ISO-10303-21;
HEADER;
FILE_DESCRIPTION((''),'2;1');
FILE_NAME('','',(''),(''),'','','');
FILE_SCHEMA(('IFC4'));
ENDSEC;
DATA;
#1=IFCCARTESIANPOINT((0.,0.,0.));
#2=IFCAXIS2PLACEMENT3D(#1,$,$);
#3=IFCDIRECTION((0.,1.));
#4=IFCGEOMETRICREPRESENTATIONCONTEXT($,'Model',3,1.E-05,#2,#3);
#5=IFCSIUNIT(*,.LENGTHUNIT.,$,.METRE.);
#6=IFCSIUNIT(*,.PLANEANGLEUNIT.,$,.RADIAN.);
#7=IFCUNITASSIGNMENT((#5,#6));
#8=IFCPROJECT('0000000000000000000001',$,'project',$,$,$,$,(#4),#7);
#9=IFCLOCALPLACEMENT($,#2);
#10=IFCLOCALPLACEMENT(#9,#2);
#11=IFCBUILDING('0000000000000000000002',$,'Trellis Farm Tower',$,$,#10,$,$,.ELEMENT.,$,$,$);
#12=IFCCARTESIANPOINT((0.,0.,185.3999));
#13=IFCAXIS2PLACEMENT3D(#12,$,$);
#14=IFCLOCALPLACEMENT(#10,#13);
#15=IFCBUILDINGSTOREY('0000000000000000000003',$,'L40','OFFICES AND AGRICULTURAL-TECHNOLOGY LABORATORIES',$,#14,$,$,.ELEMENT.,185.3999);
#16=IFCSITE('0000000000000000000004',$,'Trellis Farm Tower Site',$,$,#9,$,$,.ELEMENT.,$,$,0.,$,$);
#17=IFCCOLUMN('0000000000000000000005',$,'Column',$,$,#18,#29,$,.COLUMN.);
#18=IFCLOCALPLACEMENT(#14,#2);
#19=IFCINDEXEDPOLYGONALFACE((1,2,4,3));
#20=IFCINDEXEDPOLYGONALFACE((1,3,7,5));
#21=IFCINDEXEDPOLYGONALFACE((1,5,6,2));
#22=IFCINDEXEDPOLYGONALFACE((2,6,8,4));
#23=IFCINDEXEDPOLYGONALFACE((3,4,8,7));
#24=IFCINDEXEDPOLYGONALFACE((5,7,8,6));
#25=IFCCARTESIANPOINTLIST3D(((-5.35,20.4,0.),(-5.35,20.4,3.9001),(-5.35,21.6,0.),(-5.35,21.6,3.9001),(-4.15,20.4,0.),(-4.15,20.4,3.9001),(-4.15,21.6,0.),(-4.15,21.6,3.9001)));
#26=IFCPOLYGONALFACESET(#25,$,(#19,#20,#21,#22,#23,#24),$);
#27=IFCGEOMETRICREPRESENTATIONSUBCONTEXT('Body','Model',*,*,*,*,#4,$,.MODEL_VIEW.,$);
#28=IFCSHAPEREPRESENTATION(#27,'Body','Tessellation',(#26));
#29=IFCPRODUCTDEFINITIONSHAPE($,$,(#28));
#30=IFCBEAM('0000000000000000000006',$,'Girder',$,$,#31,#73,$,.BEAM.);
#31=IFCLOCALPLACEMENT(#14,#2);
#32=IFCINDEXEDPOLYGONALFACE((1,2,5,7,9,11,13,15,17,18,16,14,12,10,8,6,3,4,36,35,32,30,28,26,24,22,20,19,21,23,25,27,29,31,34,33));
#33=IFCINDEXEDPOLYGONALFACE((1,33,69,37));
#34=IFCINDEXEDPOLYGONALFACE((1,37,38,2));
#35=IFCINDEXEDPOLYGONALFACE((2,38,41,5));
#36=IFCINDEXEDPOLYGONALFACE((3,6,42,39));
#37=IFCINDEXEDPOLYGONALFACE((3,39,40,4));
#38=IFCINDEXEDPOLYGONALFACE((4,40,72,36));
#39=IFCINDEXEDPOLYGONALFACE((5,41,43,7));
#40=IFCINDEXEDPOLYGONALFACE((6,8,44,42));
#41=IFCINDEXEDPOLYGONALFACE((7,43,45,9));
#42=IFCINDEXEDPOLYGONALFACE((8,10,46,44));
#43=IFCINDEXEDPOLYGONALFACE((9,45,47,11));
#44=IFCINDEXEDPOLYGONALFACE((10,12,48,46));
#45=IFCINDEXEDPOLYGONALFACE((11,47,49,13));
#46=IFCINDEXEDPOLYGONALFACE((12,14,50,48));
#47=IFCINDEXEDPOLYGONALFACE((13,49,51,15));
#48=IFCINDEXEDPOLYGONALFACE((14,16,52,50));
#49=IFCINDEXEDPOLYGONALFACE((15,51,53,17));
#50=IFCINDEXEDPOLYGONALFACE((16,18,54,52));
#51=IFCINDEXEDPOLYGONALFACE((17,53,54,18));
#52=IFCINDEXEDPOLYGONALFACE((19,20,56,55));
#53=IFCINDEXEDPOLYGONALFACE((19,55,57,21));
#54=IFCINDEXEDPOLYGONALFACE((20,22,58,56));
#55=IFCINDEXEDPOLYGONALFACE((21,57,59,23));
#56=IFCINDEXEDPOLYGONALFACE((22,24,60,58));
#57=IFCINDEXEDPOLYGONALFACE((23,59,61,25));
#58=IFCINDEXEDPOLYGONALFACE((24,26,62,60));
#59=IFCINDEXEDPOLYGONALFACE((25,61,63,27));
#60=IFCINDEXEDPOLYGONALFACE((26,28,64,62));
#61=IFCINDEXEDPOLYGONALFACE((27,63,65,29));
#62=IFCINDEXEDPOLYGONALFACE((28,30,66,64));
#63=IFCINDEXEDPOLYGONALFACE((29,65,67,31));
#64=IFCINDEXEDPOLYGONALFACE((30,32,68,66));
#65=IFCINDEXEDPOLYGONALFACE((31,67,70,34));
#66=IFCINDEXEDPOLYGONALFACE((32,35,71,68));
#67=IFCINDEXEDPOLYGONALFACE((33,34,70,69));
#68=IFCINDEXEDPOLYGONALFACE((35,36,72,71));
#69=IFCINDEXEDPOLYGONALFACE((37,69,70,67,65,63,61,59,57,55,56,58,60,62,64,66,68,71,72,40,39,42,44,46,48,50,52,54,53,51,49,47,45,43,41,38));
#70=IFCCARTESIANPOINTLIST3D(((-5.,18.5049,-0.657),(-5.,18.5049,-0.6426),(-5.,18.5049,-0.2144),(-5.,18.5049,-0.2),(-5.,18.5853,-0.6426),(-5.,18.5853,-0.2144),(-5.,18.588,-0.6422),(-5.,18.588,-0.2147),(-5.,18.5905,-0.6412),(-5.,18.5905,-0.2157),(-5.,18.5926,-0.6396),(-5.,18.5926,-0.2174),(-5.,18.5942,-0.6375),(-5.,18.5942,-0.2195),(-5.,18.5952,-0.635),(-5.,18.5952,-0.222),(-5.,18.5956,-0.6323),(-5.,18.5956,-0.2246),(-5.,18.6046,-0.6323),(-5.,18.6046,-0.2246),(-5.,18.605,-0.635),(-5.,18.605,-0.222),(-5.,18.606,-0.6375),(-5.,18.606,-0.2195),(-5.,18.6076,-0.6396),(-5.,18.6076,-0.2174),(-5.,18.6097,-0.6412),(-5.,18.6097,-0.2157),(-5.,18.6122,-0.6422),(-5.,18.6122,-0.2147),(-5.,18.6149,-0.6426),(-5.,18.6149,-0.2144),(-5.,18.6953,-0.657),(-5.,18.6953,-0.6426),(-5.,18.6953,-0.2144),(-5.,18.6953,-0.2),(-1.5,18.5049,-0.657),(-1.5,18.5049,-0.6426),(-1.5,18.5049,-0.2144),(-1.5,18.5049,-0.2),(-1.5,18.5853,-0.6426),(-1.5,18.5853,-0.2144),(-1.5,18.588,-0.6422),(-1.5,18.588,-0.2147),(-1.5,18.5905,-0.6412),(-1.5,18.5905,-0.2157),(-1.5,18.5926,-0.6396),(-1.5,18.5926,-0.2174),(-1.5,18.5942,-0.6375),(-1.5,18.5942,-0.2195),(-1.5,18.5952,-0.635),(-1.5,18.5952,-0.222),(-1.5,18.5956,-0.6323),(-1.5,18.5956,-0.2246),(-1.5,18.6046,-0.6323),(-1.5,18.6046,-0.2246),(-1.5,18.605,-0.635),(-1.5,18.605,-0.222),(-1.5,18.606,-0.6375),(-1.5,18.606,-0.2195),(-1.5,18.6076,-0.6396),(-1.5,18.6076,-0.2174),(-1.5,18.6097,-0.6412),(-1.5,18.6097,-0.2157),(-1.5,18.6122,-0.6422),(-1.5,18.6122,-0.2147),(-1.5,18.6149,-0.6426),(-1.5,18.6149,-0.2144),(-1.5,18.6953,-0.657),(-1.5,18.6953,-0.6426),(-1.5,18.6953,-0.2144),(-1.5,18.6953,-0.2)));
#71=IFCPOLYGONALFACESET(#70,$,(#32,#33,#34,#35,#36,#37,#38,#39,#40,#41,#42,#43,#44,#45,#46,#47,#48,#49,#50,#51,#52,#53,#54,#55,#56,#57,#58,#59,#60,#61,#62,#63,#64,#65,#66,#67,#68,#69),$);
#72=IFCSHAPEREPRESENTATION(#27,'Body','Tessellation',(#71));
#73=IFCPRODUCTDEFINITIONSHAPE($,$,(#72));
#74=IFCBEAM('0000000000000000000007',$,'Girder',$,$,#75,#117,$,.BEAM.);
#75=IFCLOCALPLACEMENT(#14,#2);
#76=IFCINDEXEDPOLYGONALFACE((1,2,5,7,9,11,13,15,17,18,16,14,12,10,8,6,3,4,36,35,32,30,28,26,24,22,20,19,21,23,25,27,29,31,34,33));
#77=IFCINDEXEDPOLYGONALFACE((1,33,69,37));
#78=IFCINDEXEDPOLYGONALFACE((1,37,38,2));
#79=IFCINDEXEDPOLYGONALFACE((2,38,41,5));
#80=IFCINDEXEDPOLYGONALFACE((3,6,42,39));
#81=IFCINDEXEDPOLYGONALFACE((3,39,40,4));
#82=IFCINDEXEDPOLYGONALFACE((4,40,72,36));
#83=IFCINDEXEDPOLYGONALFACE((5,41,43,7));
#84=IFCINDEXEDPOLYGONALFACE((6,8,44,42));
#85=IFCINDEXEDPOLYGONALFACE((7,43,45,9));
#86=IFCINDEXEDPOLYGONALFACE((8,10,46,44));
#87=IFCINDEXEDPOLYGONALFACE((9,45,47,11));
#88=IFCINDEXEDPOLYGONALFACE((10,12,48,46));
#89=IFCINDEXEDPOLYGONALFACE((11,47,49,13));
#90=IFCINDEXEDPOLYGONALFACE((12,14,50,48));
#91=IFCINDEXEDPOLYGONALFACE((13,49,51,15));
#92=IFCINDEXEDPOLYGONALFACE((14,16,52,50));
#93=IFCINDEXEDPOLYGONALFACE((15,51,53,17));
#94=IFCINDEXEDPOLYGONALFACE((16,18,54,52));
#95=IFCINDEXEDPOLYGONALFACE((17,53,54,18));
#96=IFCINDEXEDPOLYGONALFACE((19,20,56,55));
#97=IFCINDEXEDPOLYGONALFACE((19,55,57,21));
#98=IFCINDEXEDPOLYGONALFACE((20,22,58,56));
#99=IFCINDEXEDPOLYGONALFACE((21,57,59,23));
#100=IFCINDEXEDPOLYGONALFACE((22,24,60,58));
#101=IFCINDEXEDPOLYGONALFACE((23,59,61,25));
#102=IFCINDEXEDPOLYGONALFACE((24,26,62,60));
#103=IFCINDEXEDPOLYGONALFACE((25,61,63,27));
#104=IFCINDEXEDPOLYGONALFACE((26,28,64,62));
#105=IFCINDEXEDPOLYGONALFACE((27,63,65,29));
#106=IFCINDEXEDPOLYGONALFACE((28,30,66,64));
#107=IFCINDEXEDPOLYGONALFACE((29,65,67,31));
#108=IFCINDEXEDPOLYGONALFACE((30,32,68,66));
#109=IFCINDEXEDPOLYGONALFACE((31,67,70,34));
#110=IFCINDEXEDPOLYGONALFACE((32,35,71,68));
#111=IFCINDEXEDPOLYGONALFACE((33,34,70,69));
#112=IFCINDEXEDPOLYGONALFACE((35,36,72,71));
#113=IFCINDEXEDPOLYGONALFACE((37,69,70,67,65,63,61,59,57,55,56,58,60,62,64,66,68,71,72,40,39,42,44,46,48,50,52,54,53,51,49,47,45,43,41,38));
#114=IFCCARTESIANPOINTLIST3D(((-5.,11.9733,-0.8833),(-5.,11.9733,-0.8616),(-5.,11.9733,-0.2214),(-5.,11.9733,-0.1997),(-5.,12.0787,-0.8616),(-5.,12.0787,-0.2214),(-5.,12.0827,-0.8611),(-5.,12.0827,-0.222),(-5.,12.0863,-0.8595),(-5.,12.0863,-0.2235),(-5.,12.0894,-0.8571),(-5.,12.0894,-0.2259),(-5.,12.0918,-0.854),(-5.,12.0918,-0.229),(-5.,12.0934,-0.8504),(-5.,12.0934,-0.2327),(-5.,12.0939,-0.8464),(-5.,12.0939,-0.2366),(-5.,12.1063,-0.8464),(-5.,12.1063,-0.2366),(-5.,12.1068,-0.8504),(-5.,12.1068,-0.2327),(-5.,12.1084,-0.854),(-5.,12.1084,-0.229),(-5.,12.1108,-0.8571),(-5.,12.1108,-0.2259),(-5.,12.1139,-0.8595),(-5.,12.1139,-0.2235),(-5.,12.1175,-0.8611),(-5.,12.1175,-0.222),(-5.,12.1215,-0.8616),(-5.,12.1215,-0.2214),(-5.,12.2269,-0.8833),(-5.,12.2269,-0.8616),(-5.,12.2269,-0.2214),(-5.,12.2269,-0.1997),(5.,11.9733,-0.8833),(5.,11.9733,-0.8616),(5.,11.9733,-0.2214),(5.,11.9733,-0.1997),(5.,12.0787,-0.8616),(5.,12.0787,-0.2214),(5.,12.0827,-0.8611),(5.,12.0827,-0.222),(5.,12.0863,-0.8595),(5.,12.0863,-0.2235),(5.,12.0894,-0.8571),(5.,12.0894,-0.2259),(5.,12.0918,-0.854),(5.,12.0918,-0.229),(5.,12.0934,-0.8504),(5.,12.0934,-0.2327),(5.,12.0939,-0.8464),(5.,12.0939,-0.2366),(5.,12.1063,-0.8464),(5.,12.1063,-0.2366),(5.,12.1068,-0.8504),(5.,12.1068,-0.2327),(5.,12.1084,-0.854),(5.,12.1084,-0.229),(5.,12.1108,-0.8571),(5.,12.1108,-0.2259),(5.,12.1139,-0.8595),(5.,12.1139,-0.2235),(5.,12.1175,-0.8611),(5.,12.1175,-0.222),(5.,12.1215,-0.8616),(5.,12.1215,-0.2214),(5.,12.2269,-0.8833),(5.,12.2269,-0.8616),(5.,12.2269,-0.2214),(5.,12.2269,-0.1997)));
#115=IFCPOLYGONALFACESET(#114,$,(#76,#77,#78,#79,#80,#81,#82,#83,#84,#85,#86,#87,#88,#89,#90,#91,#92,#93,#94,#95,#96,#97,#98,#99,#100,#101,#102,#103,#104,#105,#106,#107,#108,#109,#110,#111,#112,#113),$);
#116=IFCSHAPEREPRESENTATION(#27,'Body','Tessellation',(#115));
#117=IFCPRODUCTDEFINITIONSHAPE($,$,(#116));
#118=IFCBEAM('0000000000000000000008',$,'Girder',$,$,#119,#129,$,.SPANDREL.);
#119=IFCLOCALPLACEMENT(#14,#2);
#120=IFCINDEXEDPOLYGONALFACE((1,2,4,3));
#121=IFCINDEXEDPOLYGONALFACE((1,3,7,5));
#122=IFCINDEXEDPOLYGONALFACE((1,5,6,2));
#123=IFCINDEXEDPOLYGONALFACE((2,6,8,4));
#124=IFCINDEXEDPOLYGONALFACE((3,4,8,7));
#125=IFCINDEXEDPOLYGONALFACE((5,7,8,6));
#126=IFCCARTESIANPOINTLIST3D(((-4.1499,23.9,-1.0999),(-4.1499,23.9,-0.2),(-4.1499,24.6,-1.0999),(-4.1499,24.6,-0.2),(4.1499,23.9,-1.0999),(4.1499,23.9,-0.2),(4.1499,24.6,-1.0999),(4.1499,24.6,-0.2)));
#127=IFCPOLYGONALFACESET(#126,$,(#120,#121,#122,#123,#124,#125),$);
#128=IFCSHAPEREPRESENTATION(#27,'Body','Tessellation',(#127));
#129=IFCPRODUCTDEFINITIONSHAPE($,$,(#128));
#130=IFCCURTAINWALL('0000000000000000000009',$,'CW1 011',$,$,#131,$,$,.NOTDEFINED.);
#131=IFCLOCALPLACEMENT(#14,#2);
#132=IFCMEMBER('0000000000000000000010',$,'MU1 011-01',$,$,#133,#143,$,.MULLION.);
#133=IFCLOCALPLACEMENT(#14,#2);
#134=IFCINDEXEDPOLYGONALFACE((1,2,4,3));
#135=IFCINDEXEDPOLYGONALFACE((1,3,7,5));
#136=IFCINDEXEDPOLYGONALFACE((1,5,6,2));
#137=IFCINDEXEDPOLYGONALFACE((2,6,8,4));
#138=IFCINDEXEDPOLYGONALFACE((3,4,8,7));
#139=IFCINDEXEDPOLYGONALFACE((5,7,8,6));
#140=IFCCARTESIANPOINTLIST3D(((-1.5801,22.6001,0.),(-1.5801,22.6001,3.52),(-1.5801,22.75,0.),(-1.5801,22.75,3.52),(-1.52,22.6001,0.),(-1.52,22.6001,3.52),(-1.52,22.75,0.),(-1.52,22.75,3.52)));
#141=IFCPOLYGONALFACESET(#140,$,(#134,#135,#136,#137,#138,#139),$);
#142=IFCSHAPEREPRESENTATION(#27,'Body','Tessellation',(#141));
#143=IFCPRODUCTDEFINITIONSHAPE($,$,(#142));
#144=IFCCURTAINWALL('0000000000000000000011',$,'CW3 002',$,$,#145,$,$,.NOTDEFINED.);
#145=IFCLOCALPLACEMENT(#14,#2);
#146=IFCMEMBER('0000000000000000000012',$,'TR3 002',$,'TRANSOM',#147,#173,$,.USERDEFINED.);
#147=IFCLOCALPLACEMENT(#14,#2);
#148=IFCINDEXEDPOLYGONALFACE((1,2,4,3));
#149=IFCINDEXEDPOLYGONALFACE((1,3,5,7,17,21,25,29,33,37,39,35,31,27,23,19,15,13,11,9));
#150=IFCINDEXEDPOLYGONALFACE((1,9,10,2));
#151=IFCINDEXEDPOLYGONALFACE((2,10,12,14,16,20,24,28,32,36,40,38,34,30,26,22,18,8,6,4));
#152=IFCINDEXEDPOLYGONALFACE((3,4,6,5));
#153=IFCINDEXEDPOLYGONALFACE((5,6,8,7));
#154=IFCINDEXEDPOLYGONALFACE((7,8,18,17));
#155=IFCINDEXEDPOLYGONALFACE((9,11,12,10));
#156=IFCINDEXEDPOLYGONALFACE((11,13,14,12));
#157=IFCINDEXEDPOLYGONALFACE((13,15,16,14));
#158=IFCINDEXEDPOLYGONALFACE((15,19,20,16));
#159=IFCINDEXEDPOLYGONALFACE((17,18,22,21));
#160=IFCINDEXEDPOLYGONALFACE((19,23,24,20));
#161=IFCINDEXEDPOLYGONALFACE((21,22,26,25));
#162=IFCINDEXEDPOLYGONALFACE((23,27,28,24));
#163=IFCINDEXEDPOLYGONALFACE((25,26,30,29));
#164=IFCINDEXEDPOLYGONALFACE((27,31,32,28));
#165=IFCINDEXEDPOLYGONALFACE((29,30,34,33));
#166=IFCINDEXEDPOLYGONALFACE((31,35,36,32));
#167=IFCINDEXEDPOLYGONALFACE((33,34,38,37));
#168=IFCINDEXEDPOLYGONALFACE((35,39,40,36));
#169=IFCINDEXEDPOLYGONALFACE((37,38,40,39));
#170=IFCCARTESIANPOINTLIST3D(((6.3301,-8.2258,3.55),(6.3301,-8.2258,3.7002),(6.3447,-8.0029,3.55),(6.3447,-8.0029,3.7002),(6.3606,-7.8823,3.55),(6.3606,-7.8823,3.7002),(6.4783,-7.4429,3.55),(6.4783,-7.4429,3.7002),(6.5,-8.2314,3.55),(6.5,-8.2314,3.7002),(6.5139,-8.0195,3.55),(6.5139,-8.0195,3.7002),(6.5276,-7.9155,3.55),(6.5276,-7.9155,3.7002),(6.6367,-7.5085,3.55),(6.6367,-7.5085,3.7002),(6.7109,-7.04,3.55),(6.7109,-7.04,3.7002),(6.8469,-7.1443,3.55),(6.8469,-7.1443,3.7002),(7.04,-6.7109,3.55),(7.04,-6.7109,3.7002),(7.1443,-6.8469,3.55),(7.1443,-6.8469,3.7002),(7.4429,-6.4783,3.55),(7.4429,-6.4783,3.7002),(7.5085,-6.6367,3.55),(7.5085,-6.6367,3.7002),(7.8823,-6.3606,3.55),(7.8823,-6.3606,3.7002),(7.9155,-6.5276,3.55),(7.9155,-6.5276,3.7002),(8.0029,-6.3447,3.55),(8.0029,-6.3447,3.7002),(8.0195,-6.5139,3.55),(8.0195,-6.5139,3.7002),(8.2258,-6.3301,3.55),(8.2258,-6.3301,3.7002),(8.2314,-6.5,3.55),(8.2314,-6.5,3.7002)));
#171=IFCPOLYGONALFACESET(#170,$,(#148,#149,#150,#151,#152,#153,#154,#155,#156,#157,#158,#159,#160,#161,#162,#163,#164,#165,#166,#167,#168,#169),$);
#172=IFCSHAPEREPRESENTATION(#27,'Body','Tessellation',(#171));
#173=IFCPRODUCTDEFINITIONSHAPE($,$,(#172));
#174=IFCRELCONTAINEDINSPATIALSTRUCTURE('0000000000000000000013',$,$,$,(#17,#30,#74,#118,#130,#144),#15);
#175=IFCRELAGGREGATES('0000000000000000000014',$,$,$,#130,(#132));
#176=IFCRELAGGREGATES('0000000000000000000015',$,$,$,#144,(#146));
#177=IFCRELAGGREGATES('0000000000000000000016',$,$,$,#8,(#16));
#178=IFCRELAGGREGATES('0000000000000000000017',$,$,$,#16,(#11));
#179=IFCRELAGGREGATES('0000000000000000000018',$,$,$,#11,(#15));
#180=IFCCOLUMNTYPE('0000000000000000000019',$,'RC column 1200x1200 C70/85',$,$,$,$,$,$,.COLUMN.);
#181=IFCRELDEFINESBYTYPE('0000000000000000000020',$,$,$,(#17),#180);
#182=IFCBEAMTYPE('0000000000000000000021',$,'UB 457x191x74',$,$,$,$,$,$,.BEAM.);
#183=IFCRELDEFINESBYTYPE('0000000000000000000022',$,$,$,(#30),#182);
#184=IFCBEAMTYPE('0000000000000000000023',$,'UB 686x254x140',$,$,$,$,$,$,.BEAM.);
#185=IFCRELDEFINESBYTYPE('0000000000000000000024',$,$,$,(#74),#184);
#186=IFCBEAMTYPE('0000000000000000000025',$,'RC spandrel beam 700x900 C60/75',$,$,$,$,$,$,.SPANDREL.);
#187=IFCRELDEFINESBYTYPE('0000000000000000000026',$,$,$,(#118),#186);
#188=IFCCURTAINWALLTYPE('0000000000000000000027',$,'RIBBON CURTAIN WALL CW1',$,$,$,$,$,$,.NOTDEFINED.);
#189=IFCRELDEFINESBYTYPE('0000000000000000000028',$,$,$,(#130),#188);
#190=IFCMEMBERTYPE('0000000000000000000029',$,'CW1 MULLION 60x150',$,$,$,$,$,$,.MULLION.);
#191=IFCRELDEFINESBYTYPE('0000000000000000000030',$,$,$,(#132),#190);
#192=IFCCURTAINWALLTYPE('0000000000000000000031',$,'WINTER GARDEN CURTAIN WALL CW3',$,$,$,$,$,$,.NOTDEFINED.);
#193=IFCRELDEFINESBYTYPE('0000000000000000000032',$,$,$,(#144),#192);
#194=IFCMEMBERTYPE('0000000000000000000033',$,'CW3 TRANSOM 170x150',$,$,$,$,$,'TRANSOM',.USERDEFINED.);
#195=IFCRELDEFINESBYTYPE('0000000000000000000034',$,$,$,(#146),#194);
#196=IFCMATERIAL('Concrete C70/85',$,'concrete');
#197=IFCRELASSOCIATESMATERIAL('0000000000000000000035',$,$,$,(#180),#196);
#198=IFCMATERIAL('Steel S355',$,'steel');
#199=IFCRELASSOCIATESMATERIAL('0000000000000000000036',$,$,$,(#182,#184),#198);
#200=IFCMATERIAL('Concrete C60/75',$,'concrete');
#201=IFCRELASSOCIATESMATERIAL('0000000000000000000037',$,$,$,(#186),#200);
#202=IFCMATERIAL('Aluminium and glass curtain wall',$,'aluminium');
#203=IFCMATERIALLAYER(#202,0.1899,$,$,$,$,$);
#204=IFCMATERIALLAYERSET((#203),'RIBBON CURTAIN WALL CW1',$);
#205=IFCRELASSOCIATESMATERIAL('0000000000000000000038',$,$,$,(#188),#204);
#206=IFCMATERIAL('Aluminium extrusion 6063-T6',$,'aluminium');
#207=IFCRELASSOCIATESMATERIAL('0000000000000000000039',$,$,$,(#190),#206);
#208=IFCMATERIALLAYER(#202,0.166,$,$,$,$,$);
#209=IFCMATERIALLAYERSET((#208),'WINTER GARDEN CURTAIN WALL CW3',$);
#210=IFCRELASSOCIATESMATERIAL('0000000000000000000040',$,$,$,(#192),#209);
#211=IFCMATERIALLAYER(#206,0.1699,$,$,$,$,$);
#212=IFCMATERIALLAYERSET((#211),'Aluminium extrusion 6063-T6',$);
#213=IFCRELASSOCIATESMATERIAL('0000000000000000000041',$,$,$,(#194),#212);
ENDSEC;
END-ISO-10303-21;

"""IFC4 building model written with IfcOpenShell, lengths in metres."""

from ifc_helpers import new_model, si_unit, direction, frame, origin, origin_2d, place, context, subcontext, project, spatial, polyline, rectangle, i_section, outline, extrude, source, transform, mapped, material, layer, layer_set, material_profile, profile_set, type_object, element, aggregate, save


model = new_model("IFC4")

# Units and contexts
model_context = context("Model", 3, precision=1e-05, world=origin(), true_north=direction((0.0, 1.0)))
body_context = subcontext(model_context, "Body", "Model", "MODEL_VIEW")
ifc_project = project(units=[si_unit("LENGTHUNIT", "METRE"), si_unit("PLANEANGLEUNIT", "RADIAN")], contexts=[model_context])

# Site, building, storey
site_placement = place(None, origin())
site = spatial("IfcSite", under=ifc_project, at=site_placement, Name="Trellis Farm Tower Site", CompositionType="ELEMENT", RefElevation=0.0)
building_placement = place(site_placement, origin())
building = spatial("IfcBuilding", under=site, at=building_placement, Name="Trellis Farm Tower", CompositionType="ELEMENT")
storey_placement = place(building_placement, frame((0.0, 0.0, 185.3999)))
storey = spatial("IfcBuildingStorey", under=building, at=storey_placement, Name="L40", Description="OFFICES AND AGRICULTURAL-TECHNOLOGY LABORATORIES", CompositionType="ELEMENT", Elevation=185.3999)

# Column
ifc_material_1 = material(Name="Concrete C70/85", Category="concrete")
ifc_material_profile_1 = material_profile(ifc_material_1, rectangle(XDim=1.2, YDim=1.2, at=origin_2d()), Name="RC column 1200x1200 C70/85")
ifc_profile_set_1 = profile_set([ifc_material_profile_1], Name="Concrete C70/85")
column_type = type_object("IfcColumnType", Name="RC column 1200x1200 C70/85", PredefinedType="COLUMN", material=ifc_profile_set_1)
shared_shape_1 = source(origin(), body_context, "Body", "SweptSolid", [
    extrude(rectangle(XDim=1.2, YDim=1.2, at=origin_2d()), origin(), (0.0, 0.0, 1.0), 3.9001),
])
column_placement = place(storey_placement, frame((-4.75, 21.0, 0.0), z_axis=(0.0, 0.0, 1.0), x_axis=(1.0, 0.0, 0.0)))
element("IfcColumn", 1, at=column_placement, inside=storey, type_object=column_type, Name="Column", PredefinedType="COLUMN", context=body_context, shape_type="MappedRepresentation", body=[
    mapped(shared_shape_1, transform((0.0, 0.0, 0.0))),
])

# Beams
ifc_material_2 = material(Name="Steel S355", Category="steel")
ifc_material_profile_2 = material_profile(ifc_material_2, i_section(OverallWidth=0.1904, OverallDepth=0.457, WebThickness=0.009, FlangeThickness=0.0144, FilletRadius=0.0103, at=origin_2d()), Name="UB 457x191x74")
ifc_profile_set_2 = profile_set([ifc_material_profile_2], Name="Steel S355")
beam_type_1 = type_object("IfcBeamType", Name="UB 457x191x74", PredefinedType="BEAM", material=ifc_profile_set_2)
shared_shape_2 = source(origin(), body_context, "Body", "SweptSolid", [
    extrude(i_section(OverallWidth=0.1904, OverallDepth=0.457, WebThickness=0.009, FlangeThickness=0.0144, FilletRadius=0.0103, at=origin_2d()), origin(), (0.0, 0.0, 1.0), 3.5),
])
beam_1_placement = place(storey_placement, frame((-5.0, 18.6001, -0.4285), z_axis=(1.0, 0.0, 0.0), x_axis=(0.0, 1.0, 0.0)))
element("IfcBeam", 2, at=beam_1_placement, inside=storey, type_object=beam_type_1, Name="Girder", PredefinedType="BEAM", context=body_context, shape_type="MappedRepresentation", body=[
    mapped(shared_shape_2, transform((0.0, 0.0, 0.0))),
])
ifc_material_profile_3 = material_profile(ifc_material_2, i_section(OverallWidth=0.2537, OverallDepth=0.6836, WebThickness=0.0125, FlangeThickness=0.0217, FilletRadius=0.0151, at=origin_2d()), Name="UB 686x254x140")
ifc_profile_set_3 = profile_set([ifc_material_profile_3], Name="Steel S355")
beam_type_2 = type_object("IfcBeamType", Name="UB 686x254x140", PredefinedType="BEAM", material=ifc_profile_set_3)
shared_shape_3 = source(origin(), body_context, "Body", "SweptSolid", [
    extrude(i_section(OverallWidth=0.2537, OverallDepth=0.6836, WebThickness=0.0125, FlangeThickness=0.0217, FilletRadius=0.0151, at=origin_2d()), origin(), (0.0, 0.0, 1.0), 10.0),
])
beam_2_placement = place(storey_placement, frame((-5.0, 12.1001, -0.5415), z_axis=(1.0, 0.0, 0.0), x_axis=(0.0, 1.0, 0.0)))
element("IfcBeam", 3, at=beam_2_placement, inside=storey, type_object=beam_type_2, Name="Girder", PredefinedType="BEAM", context=body_context, shape_type="MappedRepresentation", body=[
    mapped(shared_shape_3, transform((0.0, 0.0, 0.0))),
])
ifc_material_3 = material(Name="Concrete C60/75", Category="concrete")
ifc_material_profile_4 = material_profile(ifc_material_3, rectangle(XDim=0.7, YDim=0.8999, at=origin_2d()), Name="RC spandrel beam 700x900 C60/75")
ifc_profile_set_4 = profile_set([ifc_material_profile_4], Name="Concrete C60/75")
beam_type_3 = type_object("IfcBeamType", Name="RC spandrel beam 700x900 C60/75", PredefinedType="SPANDREL", material=ifc_profile_set_4)
shared_shape_4 = source(origin(), body_context, "Body", "SweptSolid", [
    extrude(rectangle(XDim=0.7, YDim=0.8999, at=origin_2d()), origin(), (0.0, 0.0, 1.0), 8.2998),
])
beam_3_placement = place(storey_placement, frame((-4.1499, 24.25, -0.6499), z_axis=(1.0, 0.0, 0.0), x_axis=(0.0, 1.0, 0.0)))
element("IfcBeam", 4, at=beam_3_placement, inside=storey, type_object=beam_type_3, Name="Girder", PredefinedType="SPANDREL", context=body_context, shape_type="MappedRepresentation", body=[
    mapped(shared_shape_4, transform((0.0, 0.0, 0.0))),
])

# Curtain walls, members
ifc_material_4 = material(Name="Aluminium and glass curtain wall", Category="aluminium")
ifc_layer_1 = layer(ifc_material_4, 0.1899)
ifc_layer_set_1 = layer_set([ifc_layer_1], Name="RIBBON CURTAIN WALL CW1")
curtain_wall_type_1 = type_object("IfcCurtainWallType", Name="RIBBON CURTAIN WALL CW1", PredefinedType="NOTDEFINED", material=ifc_layer_set_1)
placement = place(storey_placement, origin())
curtain_wall_1 = element("IfcCurtainWall", 5, at=placement, inside=storey, type_object=curtain_wall_type_1, Name="CW1 011", PredefinedType="NOTDEFINED")
ifc_material_5 = material(Name="Aluminium extrusion 6063-T6", Category="aluminium")
ifc_material_profile_5 = material_profile(ifc_material_5, rectangle(XDim=0.0601, YDim=0.1499, at=origin_2d()), Name="MULLION 60x150")
ifc_profile_set_5 = profile_set([ifc_material_profile_5], Name="Aluminium extrusion 6063-T6")
member_type_1 = type_object("IfcMemberType", Name="CW1 MULLION 60x150", PredefinedType="MULLION", material=ifc_profile_set_5)
shared_shape_5 = source(origin(), body_context, "Body", "SweptSolid", [
    extrude(rectangle(XDim=0.0601, YDim=0.1499, at=origin_2d()), origin(), (0.0, 0.0, 1.0), 3.52),
])
member_1_placement = place(storey_placement, frame((-1.55, 22.675, 0.0), z_axis=(0.0, 0.0, 1.0), x_axis=(-1.0, 0.0, 0.0)))
member_1 = element("IfcMember", 6, at=member_1_placement, type_object=member_type_1, Name="MU1 011-01", PredefinedType="MULLION", context=body_context, shape_type="MappedRepresentation", body=[
    mapped(shared_shape_5, transform((0.0, 0.0, 0.0))),
])
aggregate(curtain_wall_1, [member_1])
ifc_layer_2 = layer(ifc_material_4, 0.166)
ifc_layer_set_2 = layer_set([ifc_layer_2], Name="WINTER GARDEN CURTAIN WALL CW3")
curtain_wall_type_2 = type_object("IfcCurtainWallType", Name="WINTER GARDEN CURTAIN WALL CW3", PredefinedType="NOTDEFINED", material=ifc_layer_set_2)
curtain_wall_2 = element("IfcCurtainWall", 7, at=placement, inside=storey, type_object=curtain_wall_type_2, Name="CW3 002", PredefinedType="NOTDEFINED")
ifc_layer_3 = layer(ifc_material_5, 0.1699)
ifc_layer_set_3 = layer_set([ifc_layer_3], Name="Aluminium extrusion 6063-T6")
member_type_2 = type_object("IfcMemberType", Name="CW3 TRANSOM 170x150", ElementType="TRANSOM", PredefinedType="USERDEFINED", material=ifc_layer_set_3)
shared_shape_6 = source(origin(), body_context, "Body", "SweptSolid", [
    extrude(outline(polyline([(6.5, -8.2314), (6.5139, -8.0195), (6.5276, -7.9155), (6.6367, -7.5085), (6.8469, -7.1443), (7.1443, -6.8469), (7.5085, -6.6367), (7.9155, -6.5276), (8.0195, -6.5139), (8.2314, -6.5), (8.2258, -6.3301), (8.0029, -6.3447), (7.8823, -6.3606), (7.4429, -6.4783), (7.04, -6.7109), (6.7109, -7.04), (6.4783, -7.4429), (6.3606, -7.8823), (6.3447, -8.0029), (6.3301, -8.2258), (6.5, -8.2314)])), origin(), (0.0, 0.0, 1.0), 0.1501),
])
member_2_placement = place(storey_placement, frame((0.0, 0.0, 3.55)))
member_2 = element("IfcMember", 8, at=member_2_placement, type_object=member_type_2, Name="TR3 002", ObjectType="TRANSOM", PredefinedType="USERDEFINED", context=body_context, shape_type="MappedRepresentation", body=[
    mapped(shared_shape_6, transform((0.0, 0.0, 0.0))),
])

aggregate(curtain_wall_2, [member_2])

save(model, "model.ifc")
